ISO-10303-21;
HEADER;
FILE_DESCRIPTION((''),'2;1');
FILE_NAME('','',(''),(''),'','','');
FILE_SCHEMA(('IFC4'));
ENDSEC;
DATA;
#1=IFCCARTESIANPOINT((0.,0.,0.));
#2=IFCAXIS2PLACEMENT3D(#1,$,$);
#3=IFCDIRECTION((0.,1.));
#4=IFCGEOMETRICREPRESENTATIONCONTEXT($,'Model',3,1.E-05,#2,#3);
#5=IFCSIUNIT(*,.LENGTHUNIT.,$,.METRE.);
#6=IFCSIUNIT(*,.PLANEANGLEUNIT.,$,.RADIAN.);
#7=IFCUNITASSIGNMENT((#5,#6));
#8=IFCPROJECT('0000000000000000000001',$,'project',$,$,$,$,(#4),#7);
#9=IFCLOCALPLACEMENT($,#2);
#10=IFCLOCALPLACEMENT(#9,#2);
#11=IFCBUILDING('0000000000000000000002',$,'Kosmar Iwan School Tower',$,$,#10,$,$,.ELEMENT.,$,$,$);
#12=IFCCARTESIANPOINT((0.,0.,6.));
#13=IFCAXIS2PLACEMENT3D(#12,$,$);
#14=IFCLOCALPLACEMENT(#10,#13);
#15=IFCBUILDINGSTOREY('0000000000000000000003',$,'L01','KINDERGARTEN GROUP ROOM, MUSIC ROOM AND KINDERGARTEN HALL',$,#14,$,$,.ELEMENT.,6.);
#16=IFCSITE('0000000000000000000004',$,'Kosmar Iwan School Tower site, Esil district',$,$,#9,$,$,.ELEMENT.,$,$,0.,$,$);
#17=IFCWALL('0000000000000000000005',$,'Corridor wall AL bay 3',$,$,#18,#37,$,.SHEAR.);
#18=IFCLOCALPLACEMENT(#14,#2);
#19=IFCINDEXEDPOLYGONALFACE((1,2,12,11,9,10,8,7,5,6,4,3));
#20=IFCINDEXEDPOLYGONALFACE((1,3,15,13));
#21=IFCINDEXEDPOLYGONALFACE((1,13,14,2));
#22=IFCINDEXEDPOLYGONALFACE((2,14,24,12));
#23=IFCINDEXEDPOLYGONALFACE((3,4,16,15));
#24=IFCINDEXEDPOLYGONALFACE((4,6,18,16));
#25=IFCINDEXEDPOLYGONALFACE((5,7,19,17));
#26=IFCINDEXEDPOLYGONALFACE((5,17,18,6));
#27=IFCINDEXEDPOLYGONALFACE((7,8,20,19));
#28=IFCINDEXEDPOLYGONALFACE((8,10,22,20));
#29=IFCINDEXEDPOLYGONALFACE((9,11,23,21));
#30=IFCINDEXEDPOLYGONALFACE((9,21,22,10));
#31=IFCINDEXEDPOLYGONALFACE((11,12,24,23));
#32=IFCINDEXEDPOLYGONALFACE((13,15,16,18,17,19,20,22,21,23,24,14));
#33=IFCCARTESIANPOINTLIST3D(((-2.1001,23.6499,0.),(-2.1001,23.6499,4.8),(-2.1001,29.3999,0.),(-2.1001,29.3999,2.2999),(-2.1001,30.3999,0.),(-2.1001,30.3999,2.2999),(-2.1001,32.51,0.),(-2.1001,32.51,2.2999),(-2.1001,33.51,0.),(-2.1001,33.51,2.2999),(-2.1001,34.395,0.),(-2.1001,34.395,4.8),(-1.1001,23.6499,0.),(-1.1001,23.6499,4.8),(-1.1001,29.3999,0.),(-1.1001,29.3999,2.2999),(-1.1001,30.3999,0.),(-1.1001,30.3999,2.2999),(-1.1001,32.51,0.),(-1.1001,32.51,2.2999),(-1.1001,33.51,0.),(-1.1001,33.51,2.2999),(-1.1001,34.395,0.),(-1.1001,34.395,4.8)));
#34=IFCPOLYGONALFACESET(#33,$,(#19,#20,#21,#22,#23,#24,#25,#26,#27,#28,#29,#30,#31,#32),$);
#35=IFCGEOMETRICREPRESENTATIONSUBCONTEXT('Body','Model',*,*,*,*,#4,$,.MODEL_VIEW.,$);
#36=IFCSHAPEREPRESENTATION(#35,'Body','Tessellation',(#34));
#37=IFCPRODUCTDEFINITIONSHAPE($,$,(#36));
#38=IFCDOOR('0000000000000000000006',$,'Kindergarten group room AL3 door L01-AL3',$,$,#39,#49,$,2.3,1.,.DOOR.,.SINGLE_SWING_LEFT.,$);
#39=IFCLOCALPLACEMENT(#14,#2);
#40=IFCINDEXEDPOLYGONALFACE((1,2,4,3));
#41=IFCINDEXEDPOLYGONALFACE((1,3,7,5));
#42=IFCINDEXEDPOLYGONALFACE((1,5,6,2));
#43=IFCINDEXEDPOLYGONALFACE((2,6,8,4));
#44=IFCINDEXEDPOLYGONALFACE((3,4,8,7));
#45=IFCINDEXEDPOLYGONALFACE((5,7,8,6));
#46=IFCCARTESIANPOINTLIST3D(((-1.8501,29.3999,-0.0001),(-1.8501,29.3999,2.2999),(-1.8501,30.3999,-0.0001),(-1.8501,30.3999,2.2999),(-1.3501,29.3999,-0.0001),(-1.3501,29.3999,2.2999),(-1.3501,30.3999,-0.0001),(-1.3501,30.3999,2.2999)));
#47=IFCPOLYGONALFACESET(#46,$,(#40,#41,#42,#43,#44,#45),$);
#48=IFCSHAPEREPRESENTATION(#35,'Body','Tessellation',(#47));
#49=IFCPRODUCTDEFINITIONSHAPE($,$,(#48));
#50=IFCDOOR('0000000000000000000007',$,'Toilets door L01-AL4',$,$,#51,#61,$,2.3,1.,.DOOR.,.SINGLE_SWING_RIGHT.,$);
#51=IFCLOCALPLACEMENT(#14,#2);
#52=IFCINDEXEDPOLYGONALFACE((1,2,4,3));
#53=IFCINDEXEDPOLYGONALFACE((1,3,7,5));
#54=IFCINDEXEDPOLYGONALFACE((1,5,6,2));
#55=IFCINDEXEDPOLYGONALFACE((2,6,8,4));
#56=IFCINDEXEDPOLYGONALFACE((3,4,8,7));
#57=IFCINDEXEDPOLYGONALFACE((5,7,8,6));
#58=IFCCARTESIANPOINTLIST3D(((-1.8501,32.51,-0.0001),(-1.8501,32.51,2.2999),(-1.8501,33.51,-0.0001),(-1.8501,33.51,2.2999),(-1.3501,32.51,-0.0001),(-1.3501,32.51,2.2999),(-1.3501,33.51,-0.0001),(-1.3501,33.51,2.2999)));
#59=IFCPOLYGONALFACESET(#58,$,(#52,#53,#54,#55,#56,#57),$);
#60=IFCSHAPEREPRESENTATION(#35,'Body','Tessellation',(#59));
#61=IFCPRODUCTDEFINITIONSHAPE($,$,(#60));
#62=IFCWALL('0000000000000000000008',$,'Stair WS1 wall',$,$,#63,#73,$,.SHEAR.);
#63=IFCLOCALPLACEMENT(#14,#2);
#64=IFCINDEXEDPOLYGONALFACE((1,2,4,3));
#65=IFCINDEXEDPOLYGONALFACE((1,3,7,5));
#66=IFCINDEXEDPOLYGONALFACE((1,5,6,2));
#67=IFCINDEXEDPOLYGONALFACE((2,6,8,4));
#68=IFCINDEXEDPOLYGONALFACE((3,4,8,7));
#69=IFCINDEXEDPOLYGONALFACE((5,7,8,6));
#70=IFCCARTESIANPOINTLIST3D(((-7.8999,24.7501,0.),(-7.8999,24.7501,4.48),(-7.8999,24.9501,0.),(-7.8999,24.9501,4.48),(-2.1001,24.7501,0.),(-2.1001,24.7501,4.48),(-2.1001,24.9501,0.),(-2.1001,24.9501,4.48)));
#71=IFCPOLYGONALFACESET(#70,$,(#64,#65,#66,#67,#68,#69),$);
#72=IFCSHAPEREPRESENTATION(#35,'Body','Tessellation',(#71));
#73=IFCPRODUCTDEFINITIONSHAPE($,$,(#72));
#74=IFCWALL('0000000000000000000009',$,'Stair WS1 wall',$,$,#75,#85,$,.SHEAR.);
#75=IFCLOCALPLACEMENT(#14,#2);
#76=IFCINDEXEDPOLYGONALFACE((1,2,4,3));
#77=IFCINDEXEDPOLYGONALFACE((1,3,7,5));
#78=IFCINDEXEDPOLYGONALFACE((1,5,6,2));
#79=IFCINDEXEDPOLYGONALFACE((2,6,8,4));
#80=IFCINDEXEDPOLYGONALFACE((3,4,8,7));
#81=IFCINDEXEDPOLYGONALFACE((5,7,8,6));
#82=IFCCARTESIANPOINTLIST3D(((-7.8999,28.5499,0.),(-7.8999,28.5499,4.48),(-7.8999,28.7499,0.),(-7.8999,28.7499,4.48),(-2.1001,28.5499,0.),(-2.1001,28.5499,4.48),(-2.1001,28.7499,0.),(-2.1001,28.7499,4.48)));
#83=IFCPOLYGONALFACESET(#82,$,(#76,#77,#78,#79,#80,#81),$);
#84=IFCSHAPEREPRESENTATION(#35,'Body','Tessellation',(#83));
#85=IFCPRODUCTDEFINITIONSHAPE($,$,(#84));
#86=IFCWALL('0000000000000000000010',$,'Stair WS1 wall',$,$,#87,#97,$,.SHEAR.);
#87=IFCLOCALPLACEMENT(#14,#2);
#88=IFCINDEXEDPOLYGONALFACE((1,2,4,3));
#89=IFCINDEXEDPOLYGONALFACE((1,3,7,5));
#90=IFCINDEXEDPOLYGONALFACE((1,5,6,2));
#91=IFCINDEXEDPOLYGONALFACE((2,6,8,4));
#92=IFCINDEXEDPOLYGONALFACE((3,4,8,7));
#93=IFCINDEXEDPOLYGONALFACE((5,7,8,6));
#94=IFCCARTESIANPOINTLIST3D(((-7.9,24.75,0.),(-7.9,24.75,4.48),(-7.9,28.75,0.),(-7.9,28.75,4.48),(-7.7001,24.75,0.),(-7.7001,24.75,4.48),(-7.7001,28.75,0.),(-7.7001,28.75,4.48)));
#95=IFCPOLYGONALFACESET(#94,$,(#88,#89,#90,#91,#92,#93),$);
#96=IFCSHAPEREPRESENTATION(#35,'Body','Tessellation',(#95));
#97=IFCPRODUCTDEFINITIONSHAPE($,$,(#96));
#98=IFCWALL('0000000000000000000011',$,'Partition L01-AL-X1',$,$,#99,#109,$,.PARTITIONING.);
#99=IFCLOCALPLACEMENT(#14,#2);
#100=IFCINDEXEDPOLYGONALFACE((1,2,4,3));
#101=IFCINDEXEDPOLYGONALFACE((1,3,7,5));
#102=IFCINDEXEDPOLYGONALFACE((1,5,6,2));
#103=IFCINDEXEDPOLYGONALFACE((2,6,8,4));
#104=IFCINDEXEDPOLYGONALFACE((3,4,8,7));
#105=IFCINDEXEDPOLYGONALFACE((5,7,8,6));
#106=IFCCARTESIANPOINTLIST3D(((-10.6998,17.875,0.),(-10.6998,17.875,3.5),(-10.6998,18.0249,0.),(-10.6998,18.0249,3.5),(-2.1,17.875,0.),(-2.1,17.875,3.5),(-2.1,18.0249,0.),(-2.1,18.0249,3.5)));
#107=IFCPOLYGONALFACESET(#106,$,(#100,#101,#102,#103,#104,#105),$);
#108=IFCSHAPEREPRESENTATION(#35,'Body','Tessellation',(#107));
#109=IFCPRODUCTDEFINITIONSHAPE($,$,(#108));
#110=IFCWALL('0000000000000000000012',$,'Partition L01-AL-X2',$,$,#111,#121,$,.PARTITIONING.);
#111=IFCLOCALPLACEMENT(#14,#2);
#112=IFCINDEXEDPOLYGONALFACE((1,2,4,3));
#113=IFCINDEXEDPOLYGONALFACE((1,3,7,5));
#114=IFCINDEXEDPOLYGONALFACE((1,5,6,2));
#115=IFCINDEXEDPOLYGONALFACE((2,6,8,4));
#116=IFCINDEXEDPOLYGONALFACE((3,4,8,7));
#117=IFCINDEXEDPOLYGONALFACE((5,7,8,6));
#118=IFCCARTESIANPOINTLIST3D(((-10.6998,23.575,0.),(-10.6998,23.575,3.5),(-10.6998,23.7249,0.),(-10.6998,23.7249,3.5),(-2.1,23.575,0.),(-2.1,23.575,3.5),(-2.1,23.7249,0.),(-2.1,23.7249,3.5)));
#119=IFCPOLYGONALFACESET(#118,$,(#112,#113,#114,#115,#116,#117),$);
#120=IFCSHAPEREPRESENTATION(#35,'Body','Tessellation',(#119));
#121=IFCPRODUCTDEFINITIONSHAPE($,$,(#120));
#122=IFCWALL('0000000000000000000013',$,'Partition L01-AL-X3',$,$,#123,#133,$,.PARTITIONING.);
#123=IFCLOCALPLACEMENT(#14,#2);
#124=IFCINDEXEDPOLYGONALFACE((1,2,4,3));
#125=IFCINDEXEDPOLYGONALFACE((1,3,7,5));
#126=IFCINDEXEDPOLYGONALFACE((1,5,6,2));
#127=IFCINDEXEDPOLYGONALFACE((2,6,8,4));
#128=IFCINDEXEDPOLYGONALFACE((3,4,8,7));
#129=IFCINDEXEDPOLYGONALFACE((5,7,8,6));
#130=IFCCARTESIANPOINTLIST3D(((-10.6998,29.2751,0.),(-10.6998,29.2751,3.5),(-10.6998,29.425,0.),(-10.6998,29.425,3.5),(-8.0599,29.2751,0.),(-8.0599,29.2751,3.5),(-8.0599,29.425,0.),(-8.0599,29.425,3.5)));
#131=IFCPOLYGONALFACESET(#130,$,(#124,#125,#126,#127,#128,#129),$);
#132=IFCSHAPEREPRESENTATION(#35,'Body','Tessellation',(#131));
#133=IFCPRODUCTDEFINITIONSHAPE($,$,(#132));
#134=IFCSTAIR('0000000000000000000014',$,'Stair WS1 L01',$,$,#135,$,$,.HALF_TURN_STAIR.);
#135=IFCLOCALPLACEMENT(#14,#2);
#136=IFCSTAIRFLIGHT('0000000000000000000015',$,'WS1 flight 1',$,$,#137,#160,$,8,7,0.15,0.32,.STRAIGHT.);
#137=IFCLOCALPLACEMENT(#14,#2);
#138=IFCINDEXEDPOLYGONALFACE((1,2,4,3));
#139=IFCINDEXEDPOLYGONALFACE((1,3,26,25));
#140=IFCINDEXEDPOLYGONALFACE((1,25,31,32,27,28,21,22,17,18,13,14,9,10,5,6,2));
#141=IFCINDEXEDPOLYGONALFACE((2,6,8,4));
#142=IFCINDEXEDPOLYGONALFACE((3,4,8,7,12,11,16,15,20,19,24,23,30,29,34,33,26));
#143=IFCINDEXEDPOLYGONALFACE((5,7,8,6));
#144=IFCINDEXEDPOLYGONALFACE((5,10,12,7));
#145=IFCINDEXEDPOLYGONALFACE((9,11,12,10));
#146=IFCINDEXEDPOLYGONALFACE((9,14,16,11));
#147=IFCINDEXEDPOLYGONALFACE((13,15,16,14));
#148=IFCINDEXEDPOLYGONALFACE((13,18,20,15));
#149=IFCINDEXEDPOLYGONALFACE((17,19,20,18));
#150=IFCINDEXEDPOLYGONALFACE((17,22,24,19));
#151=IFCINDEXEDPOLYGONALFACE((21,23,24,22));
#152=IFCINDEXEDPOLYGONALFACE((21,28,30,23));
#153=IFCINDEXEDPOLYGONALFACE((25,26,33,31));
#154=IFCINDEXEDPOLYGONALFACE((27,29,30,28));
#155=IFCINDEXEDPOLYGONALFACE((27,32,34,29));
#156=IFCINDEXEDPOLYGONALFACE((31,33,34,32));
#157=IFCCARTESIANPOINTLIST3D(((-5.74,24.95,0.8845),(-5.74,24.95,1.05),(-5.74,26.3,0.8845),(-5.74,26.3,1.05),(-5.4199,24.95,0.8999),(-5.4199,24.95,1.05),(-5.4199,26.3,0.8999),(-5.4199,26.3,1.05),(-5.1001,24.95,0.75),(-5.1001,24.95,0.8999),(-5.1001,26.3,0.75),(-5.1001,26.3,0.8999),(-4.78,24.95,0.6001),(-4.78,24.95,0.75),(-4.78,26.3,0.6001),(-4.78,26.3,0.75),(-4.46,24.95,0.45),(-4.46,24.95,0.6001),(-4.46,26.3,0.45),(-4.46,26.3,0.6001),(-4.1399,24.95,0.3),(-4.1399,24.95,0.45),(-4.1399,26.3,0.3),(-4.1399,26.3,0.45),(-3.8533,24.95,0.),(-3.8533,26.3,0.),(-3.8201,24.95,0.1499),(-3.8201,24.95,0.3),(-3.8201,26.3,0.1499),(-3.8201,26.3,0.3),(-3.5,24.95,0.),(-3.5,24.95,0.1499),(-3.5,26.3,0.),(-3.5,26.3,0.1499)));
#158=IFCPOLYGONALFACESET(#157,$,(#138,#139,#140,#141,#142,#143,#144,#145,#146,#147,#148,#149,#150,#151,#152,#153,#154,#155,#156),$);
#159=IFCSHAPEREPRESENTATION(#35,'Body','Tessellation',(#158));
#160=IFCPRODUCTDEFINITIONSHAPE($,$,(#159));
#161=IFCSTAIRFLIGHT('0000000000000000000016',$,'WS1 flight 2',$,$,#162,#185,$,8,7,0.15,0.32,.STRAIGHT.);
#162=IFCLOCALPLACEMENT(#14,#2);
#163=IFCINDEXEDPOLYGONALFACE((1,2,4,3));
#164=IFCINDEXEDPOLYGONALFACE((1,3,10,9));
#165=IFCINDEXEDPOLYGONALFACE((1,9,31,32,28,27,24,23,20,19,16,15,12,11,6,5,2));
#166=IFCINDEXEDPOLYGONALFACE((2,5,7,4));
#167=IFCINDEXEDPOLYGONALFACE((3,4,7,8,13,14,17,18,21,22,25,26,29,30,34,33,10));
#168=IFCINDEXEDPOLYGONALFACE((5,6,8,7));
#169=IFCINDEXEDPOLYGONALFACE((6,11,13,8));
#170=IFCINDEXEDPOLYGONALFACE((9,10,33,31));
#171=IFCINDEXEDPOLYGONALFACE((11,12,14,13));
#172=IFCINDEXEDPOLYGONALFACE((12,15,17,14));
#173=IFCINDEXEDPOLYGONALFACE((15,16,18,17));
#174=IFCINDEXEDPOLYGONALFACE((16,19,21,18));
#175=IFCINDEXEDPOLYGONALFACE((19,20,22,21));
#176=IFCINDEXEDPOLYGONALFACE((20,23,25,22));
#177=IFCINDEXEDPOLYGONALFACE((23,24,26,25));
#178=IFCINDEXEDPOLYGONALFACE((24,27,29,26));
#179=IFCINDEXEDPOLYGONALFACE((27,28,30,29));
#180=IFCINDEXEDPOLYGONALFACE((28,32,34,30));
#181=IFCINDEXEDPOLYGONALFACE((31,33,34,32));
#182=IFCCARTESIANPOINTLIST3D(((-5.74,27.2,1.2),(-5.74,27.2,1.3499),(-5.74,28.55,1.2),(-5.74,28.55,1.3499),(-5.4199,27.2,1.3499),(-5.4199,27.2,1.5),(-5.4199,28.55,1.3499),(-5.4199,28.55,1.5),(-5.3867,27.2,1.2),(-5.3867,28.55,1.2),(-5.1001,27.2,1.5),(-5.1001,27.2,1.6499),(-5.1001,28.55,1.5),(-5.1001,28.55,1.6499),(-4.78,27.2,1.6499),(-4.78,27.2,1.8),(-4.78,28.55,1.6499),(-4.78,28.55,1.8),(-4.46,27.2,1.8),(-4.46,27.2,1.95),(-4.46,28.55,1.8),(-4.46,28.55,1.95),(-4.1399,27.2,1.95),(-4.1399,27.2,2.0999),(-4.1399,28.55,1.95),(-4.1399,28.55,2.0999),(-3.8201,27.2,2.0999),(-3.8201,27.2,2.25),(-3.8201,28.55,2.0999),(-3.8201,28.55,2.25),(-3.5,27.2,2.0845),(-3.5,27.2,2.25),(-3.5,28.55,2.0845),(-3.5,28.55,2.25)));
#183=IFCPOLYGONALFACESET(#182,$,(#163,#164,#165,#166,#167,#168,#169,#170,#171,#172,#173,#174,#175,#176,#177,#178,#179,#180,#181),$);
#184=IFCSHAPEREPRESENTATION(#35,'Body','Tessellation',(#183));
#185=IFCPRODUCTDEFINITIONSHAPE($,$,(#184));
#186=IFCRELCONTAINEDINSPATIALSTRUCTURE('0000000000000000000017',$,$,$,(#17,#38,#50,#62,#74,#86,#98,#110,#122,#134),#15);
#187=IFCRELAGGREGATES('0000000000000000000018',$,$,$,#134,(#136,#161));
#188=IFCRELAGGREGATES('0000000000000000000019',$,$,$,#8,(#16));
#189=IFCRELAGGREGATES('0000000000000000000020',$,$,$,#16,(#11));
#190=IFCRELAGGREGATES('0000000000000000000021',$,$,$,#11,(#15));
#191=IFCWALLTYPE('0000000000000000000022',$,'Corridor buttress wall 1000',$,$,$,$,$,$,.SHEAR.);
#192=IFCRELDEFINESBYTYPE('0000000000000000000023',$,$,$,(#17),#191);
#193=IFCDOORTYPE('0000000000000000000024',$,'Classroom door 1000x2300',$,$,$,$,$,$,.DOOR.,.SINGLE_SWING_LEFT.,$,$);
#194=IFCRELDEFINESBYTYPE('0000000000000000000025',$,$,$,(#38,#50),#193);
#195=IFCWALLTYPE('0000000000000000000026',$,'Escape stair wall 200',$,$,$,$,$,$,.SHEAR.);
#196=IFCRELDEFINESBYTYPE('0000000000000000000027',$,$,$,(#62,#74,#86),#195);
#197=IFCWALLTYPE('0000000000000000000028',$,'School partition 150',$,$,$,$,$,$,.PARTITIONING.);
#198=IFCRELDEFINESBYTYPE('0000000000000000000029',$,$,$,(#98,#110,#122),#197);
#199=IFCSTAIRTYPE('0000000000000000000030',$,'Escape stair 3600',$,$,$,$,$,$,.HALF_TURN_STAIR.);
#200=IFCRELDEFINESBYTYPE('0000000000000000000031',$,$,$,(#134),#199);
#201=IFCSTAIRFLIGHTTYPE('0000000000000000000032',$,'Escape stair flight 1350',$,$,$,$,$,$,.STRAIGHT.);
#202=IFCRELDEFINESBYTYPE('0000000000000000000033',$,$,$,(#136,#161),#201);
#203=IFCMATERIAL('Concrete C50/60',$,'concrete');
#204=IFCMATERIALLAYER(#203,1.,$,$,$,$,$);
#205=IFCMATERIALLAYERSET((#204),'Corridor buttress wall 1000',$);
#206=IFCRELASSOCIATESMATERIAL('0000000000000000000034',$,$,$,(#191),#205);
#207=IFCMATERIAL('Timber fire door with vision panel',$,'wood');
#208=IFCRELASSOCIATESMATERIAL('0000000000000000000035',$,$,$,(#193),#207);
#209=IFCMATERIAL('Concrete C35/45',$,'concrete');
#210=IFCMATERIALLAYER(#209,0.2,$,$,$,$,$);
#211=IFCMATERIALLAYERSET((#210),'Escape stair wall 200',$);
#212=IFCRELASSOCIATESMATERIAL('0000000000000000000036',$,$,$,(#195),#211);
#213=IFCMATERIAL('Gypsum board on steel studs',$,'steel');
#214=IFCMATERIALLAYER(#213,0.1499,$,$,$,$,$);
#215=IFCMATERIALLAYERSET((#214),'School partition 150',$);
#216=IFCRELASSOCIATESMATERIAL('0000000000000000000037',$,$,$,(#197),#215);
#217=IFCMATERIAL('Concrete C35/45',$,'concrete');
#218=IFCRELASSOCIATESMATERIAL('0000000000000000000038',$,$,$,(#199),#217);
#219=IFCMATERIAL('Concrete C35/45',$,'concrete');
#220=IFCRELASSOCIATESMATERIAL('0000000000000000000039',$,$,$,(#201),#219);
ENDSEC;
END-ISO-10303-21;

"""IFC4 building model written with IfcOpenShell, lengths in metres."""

from ifc_helpers import new_model, si_unit, direction, frame, frame_2d, origin, place, context, subcontext, project, spatial, polyline, rectangle, outline, extrude, material, layer, layer_set, type_object, element, fill, aggregate, save


model = new_model("IFC4")

# Units and contexts
model_context = context("Model", 3, precision=1e-05, world=origin(), true_north=direction((0.0, 1.0)))
body_context = subcontext(model_context, "Body", "Model", "MODEL_VIEW")
ifc_project = project(units=[si_unit("LENGTHUNIT", "METRE"), si_unit("PLANEANGLEUNIT", "RADIAN")], contexts=[model_context])

# Site, building, storey
site_placement = place(None, origin())
site = spatial("IfcSite", under=ifc_project, at=site_placement, Name="Kosmar Iwan School Tower site, Esil district", CompositionType="ELEMENT", RefElevation=0.0)
building_placement = place(site_placement, origin())
building = spatial("IfcBuilding", under=site, at=building_placement, Name="Kosmar Iwan School Tower", CompositionType="ELEMENT")
storey_placement = place(building_placement, frame((0.0, 0.0, 6.0)))
storey = spatial("IfcBuildingStorey", under=building, at=storey_placement, Name="L01", Description="KINDERGARTEN GROUP ROOM, MUSIC ROOM AND KINDERGARTEN HALL", CompositionType="ELEMENT", Elevation=6.0)

# Shared definitions
ifc_material_1 = material(Name="Concrete C50/60", Category="concrete")
ifc_layer_1 = layer(ifc_material_1, 1.0)
ifc_layer_set_1 = layer_set([ifc_layer_1], Name="Corridor buttress wall 1000")
wall_type_1 = type_object("IfcWallType", Name="Corridor buttress wall 1000", PredefinedType="SHEAR", material=ifc_layer_set_1)
ifc_material_2 = material(Name="Timber fire door with vision panel", Category="wood")
door_type = type_object("IfcDoorType", Name="Classroom door 1000x2300", OperationType="SINGLE_SWING_LEFT", PredefinedType="DOOR", material=ifc_material_2)

# Wall, openings, doors
wall_1_placement = place(storey_placement, frame((-1.6001, 23.6499, 0.0), z_axis=(0.0, 0.0, 1.0), x_axis=(0.0, 1.0, 0.0)))
wall_1 = element("IfcWall", 1, at=wall_1_placement, inside=storey, type_object=wall_type_1, Name="Corridor wall AL bay 3", PredefinedType="SHEAR", context=body_context, shape_type="SweptSolid", body=[
    extrude(rectangle(XDim=10.7451, YDim=1.0, at=frame_2d((5.3726, 0.0))), origin(), (0.0, 0.0, 1.0), 4.8),
])
opening_1_placement = place(wall_1_placement, frame((5.75, 0.0, 0.0)))
opening_1 = element("IfcOpeningElement", 2, at=opening_1_placement, cuts=wall_1, PredefinedType="OPENING", context=body_context, shape_type="SweptSolid", body=[
    extrude(rectangle(XDim=1.0, YDim=2.3, at=frame_2d((0.5, 1.1499))), frame((0.0, 0.512, 0.0), z_axis=(0.0, -1.0, 0.0), x_axis=(1.0, 0.0, 0.0)), (0.0, 0.0, 1.0), 1.0239),
])
opening_2_placement = place(wall_1_placement, frame((8.8601, 0.0, 0.0)))
opening_2 = element("IfcOpeningElement", 3, at=opening_2_placement, cuts=wall_1, PredefinedType="OPENING", context=body_context, shape_type="SweptSolid", body=[
    extrude(rectangle(XDim=1.0, YDim=2.3, at=frame_2d((0.5, 1.1499))), frame((0.0, 0.512, 0.0), z_axis=(0.0, -1.0, 0.0), x_axis=(1.0, 0.0, 0.0)), (0.0, 0.0, 1.0), 1.0239),
])
door_1_placement = place(opening_1_placement, origin())
door_1 = element("IfcDoor", 4, at=door_1_placement, inside=storey, type_object=door_type, Name="Kindergarten group room AL3 door L01-AL3", OperationType="SINGLE_SWING_LEFT", OverallHeight=2.3, OverallWidth=1.0, PredefinedType="DOOR", context=body_context, shape_type="SweptSolid", body=[
    extrude(rectangle(XDim=1.0, YDim=2.3, at=frame_2d((0.5, 1.1499))), frame((0.0, 0.25, 0.0), z_axis=(0.0, -1.0, 0.0), x_axis=(1.0, 0.0, 0.0)), (0.0, 0.0, 1.0), 0.5),
])
fill(opening_1, door_1)
door_2_placement = place(opening_2_placement, origin())
door_2 = element("IfcDoor", 5, at=door_2_placement, inside=storey, type_object=door_type, Name="Toilets door L01-AL4", OperationType="SINGLE_SWING_RIGHT", OverallHeight=2.3, OverallWidth=1.0, PredefinedType="DOOR", context=body_context, shape_type="SweptSolid", body=[
    extrude(rectangle(XDim=1.0, YDim=2.3, at=frame_2d((0.5, 1.1499))), frame((0.0, 0.25, 0.0), z_axis=(0.0, -1.0, 0.0), x_axis=(1.0, 0.0, 0.0)), (0.0, 0.0, 1.0), 0.5),
])
fill(opening_2, door_2)

# Walls
ifc_material_3 = material(Name="Concrete C35/45", Category="concrete")
ifc_layer_2 = layer(ifc_material_3, 0.2)
ifc_layer_set_2 = layer_set([ifc_layer_2], Name="Escape stair wall 200")
wall_type_2 = type_object("IfcWallType", Name="Escape stair wall 200", PredefinedType="SHEAR", material=ifc_layer_set_2)
for number, where, z_axis, x_axis, name in (
    (6, (-2.1001, 24.8501, 0.0), (0.0, 0.0, 1.0), (-1.0, 0.0, 0.0), "Stair WS1 wall"),
    (7, (-2.1001, 28.6499, 0.0), (0.0, 0.0, 1.0), (-1.0, 0.0, 0.0), "Stair WS1 wall"),
):
    element("IfcWall", number, at=place(storey_placement, frame(where, z_axis=z_axis, x_axis=x_axis)), inside=storey, type_object=wall_type_2, Name=name, PredefinedType="SHEAR", context=body_context, shape_type="SweptSolid", body=[
        extrude(rectangle(XDim=5.7998, YDim=0.2, at=frame_2d((2.8999, 0.0))), origin(), (0.0, 0.0, 1.0), 4.48),
    ])
wall_2_placement = place(storey_placement, frame((-7.8, 24.75, 0.0), z_axis=(0.0, 0.0, 1.0), x_axis=(0.0, 1.0, 0.0)))
element("IfcWall", 8, at=wall_2_placement, inside=storey, type_object=wall_type_2, Name="Stair WS1 wall", PredefinedType="SHEAR", context=body_context, shape_type="SweptSolid", body=[
    extrude(rectangle(XDim=4.0, YDim=0.2, at=frame_2d((2.0, 0.0))), origin(), (0.0, 0.0, 1.0), 4.48),
])
ifc_material_4 = material(Name="Gypsum board on steel studs", Category="steel")
ifc_layer_3 = layer(ifc_material_4, 0.1499)
ifc_layer_set_3 = layer_set([ifc_layer_3], Name="School partition 150")
wall_type_3 = type_object("IfcWallType", Name="School partition 150", PredefinedType="PARTITIONING", material=ifc_layer_set_3)
for number, where, z_axis, x_axis, name in (
    (9, (-2.1001, 17.95, 0.0), (0.0, 0.0, 1.0), (-1.0, 0.0, 0.0), "Partition L01-AL-X1"),
    (10, (-2.1001, 23.6499, 0.0), (0.0, 0.0, 1.0), (-1.0, 0.0, 0.0), "Partition L01-AL-X2"),
):
    element("IfcWall", number, at=place(storey_placement, frame(where, z_axis=z_axis, x_axis=x_axis)), inside=storey, type_object=wall_type_3, Name=name, PredefinedType="PARTITIONING", context=body_context, shape_type="SweptSolid", body=[
        extrude(rectangle(XDim=8.5999, YDim=0.1499, at=frame_2d((4.2998, 0.0))), origin(), (0.0, 0.0, 1.0), 3.5),
    ])
wall_3_placement = place(storey_placement, frame((-8.0601, 29.3501, 0.0), z_axis=(0.0, 0.0, 1.0), x_axis=(-1.0, 0.0, 0.0)))
element("IfcWall", 11, at=wall_3_placement, inside=storey, type_object=wall_type_3, Name="Partition L01-AL-X3", PredefinedType="PARTITIONING", context=body_context, shape_type="SweptSolid", body=[
    extrude(rectangle(XDim=2.6399, YDim=0.1499, at=frame_2d((1.3198, 0.0))), origin(), (0.0, 0.0, 1.0), 3.5),
])

# Stair, stair flights
ifc_material_5 = material(Name="Concrete C35/45", Category="concrete")
stair_type = type_object("IfcStairType", Name="Escape stair 3600", PredefinedType="HALF_TURN_STAIR", material=ifc_material_5)
stair_placement = place(storey_placement, origin())
stair = element("IfcStair", 12, at=stair_placement, inside=storey, type_object=stair_type, Name="Stair WS1 L01", PredefinedType="HALF_TURN_STAIR")
ifc_material_6 = material(Name="Concrete C35/45", Category="concrete")
stair_flight_type = type_object("IfcStairFlightType", Name="Escape stair flight 1350", PredefinedType="STRAIGHT", material=ifc_material_6)
stair_flight_1_placement = place(storey_placement, frame((-3.5, 25.625, 0.0), z_axis=(0.0, 0.0, 1.0), x_axis=(-1.0, 0.0, 0.0)))
stair_flight_1 = element("IfcStairFlight", 13, at=stair_flight_1_placement, type_object=stair_flight_type, Name="WS1 flight 1", NumberOfRisers=8, NumberOfTreads=7, PredefinedType="STRAIGHT", RiserHeight=0.15, TreadLength=0.32, context=body_context, shape_type="SweptSolid", body=[
    extrude(outline(polyline([(0.0, 0.0), (0.0, 0.1499), (0.3201, 0.1499), (0.3201, 0.3), (0.6399, 0.3), (0.6399, 0.45), (0.96, 0.45), (0.96, 0.6001), (1.28, 0.6001), (1.28, 0.75), (1.6001, 0.75), (1.6001, 0.8999), (1.9199, 0.8999), (1.9199, 1.05), (2.24, 1.05), (2.24, 1.2), (2.24, 0.8845), (0.3533, 0.0), (0.0, 0.0)])), frame((0.0, 0.675, 0.0), z_axis=(0.0, -1.0, 0.0), x_axis=(1.0, 0.0, 0.0)), (0.0, 0.0, 1.0), 1.3501),
])
stair_flight_2_placement = place(storey_placement, frame((-5.74, 27.875, 1.2), z_axis=(0.0, 0.0, 1.0), x_axis=(1.0, 0.0, 0.0)))
stair_flight_2 = element("IfcStairFlight", 14, at=stair_flight_2_placement, type_object=stair_flight_type, Name="WS1 flight 2", NumberOfRisers=8, NumberOfTreads=7, PredefinedType="STRAIGHT", RiserHeight=0.15, TreadLength=0.32, context=body_context, shape_type="SweptSolid", body=[
    extrude(outline(polyline([(0.0, 0.0), (0.0, 0.1499), (0.3201, 0.1499), (0.3201, 0.3), (0.6399, 0.3), (0.6399, 0.45), (0.96, 0.45), (0.96, 0.6001), (1.28, 0.6001), (1.28, 0.75), (1.6001, 0.75), (1.6001, 0.8999), (1.9199, 0.8999), (1.9199, 1.05), (2.24, 1.05), (2.24, 1.2), (2.24, 0.8845), (0.3533, 0.0), (0.0, 0.0)])), frame((0.0, 0.675, 0.0), z_axis=(0.0, -1.0, 0.0), x_axis=(1.0, 0.0, 0.0)), (0.0, 0.0, 1.0), 1.3501),
])
aggregate(stair, [stair_flight_1, stair_flight_2])

save(model, "model.ifc")
